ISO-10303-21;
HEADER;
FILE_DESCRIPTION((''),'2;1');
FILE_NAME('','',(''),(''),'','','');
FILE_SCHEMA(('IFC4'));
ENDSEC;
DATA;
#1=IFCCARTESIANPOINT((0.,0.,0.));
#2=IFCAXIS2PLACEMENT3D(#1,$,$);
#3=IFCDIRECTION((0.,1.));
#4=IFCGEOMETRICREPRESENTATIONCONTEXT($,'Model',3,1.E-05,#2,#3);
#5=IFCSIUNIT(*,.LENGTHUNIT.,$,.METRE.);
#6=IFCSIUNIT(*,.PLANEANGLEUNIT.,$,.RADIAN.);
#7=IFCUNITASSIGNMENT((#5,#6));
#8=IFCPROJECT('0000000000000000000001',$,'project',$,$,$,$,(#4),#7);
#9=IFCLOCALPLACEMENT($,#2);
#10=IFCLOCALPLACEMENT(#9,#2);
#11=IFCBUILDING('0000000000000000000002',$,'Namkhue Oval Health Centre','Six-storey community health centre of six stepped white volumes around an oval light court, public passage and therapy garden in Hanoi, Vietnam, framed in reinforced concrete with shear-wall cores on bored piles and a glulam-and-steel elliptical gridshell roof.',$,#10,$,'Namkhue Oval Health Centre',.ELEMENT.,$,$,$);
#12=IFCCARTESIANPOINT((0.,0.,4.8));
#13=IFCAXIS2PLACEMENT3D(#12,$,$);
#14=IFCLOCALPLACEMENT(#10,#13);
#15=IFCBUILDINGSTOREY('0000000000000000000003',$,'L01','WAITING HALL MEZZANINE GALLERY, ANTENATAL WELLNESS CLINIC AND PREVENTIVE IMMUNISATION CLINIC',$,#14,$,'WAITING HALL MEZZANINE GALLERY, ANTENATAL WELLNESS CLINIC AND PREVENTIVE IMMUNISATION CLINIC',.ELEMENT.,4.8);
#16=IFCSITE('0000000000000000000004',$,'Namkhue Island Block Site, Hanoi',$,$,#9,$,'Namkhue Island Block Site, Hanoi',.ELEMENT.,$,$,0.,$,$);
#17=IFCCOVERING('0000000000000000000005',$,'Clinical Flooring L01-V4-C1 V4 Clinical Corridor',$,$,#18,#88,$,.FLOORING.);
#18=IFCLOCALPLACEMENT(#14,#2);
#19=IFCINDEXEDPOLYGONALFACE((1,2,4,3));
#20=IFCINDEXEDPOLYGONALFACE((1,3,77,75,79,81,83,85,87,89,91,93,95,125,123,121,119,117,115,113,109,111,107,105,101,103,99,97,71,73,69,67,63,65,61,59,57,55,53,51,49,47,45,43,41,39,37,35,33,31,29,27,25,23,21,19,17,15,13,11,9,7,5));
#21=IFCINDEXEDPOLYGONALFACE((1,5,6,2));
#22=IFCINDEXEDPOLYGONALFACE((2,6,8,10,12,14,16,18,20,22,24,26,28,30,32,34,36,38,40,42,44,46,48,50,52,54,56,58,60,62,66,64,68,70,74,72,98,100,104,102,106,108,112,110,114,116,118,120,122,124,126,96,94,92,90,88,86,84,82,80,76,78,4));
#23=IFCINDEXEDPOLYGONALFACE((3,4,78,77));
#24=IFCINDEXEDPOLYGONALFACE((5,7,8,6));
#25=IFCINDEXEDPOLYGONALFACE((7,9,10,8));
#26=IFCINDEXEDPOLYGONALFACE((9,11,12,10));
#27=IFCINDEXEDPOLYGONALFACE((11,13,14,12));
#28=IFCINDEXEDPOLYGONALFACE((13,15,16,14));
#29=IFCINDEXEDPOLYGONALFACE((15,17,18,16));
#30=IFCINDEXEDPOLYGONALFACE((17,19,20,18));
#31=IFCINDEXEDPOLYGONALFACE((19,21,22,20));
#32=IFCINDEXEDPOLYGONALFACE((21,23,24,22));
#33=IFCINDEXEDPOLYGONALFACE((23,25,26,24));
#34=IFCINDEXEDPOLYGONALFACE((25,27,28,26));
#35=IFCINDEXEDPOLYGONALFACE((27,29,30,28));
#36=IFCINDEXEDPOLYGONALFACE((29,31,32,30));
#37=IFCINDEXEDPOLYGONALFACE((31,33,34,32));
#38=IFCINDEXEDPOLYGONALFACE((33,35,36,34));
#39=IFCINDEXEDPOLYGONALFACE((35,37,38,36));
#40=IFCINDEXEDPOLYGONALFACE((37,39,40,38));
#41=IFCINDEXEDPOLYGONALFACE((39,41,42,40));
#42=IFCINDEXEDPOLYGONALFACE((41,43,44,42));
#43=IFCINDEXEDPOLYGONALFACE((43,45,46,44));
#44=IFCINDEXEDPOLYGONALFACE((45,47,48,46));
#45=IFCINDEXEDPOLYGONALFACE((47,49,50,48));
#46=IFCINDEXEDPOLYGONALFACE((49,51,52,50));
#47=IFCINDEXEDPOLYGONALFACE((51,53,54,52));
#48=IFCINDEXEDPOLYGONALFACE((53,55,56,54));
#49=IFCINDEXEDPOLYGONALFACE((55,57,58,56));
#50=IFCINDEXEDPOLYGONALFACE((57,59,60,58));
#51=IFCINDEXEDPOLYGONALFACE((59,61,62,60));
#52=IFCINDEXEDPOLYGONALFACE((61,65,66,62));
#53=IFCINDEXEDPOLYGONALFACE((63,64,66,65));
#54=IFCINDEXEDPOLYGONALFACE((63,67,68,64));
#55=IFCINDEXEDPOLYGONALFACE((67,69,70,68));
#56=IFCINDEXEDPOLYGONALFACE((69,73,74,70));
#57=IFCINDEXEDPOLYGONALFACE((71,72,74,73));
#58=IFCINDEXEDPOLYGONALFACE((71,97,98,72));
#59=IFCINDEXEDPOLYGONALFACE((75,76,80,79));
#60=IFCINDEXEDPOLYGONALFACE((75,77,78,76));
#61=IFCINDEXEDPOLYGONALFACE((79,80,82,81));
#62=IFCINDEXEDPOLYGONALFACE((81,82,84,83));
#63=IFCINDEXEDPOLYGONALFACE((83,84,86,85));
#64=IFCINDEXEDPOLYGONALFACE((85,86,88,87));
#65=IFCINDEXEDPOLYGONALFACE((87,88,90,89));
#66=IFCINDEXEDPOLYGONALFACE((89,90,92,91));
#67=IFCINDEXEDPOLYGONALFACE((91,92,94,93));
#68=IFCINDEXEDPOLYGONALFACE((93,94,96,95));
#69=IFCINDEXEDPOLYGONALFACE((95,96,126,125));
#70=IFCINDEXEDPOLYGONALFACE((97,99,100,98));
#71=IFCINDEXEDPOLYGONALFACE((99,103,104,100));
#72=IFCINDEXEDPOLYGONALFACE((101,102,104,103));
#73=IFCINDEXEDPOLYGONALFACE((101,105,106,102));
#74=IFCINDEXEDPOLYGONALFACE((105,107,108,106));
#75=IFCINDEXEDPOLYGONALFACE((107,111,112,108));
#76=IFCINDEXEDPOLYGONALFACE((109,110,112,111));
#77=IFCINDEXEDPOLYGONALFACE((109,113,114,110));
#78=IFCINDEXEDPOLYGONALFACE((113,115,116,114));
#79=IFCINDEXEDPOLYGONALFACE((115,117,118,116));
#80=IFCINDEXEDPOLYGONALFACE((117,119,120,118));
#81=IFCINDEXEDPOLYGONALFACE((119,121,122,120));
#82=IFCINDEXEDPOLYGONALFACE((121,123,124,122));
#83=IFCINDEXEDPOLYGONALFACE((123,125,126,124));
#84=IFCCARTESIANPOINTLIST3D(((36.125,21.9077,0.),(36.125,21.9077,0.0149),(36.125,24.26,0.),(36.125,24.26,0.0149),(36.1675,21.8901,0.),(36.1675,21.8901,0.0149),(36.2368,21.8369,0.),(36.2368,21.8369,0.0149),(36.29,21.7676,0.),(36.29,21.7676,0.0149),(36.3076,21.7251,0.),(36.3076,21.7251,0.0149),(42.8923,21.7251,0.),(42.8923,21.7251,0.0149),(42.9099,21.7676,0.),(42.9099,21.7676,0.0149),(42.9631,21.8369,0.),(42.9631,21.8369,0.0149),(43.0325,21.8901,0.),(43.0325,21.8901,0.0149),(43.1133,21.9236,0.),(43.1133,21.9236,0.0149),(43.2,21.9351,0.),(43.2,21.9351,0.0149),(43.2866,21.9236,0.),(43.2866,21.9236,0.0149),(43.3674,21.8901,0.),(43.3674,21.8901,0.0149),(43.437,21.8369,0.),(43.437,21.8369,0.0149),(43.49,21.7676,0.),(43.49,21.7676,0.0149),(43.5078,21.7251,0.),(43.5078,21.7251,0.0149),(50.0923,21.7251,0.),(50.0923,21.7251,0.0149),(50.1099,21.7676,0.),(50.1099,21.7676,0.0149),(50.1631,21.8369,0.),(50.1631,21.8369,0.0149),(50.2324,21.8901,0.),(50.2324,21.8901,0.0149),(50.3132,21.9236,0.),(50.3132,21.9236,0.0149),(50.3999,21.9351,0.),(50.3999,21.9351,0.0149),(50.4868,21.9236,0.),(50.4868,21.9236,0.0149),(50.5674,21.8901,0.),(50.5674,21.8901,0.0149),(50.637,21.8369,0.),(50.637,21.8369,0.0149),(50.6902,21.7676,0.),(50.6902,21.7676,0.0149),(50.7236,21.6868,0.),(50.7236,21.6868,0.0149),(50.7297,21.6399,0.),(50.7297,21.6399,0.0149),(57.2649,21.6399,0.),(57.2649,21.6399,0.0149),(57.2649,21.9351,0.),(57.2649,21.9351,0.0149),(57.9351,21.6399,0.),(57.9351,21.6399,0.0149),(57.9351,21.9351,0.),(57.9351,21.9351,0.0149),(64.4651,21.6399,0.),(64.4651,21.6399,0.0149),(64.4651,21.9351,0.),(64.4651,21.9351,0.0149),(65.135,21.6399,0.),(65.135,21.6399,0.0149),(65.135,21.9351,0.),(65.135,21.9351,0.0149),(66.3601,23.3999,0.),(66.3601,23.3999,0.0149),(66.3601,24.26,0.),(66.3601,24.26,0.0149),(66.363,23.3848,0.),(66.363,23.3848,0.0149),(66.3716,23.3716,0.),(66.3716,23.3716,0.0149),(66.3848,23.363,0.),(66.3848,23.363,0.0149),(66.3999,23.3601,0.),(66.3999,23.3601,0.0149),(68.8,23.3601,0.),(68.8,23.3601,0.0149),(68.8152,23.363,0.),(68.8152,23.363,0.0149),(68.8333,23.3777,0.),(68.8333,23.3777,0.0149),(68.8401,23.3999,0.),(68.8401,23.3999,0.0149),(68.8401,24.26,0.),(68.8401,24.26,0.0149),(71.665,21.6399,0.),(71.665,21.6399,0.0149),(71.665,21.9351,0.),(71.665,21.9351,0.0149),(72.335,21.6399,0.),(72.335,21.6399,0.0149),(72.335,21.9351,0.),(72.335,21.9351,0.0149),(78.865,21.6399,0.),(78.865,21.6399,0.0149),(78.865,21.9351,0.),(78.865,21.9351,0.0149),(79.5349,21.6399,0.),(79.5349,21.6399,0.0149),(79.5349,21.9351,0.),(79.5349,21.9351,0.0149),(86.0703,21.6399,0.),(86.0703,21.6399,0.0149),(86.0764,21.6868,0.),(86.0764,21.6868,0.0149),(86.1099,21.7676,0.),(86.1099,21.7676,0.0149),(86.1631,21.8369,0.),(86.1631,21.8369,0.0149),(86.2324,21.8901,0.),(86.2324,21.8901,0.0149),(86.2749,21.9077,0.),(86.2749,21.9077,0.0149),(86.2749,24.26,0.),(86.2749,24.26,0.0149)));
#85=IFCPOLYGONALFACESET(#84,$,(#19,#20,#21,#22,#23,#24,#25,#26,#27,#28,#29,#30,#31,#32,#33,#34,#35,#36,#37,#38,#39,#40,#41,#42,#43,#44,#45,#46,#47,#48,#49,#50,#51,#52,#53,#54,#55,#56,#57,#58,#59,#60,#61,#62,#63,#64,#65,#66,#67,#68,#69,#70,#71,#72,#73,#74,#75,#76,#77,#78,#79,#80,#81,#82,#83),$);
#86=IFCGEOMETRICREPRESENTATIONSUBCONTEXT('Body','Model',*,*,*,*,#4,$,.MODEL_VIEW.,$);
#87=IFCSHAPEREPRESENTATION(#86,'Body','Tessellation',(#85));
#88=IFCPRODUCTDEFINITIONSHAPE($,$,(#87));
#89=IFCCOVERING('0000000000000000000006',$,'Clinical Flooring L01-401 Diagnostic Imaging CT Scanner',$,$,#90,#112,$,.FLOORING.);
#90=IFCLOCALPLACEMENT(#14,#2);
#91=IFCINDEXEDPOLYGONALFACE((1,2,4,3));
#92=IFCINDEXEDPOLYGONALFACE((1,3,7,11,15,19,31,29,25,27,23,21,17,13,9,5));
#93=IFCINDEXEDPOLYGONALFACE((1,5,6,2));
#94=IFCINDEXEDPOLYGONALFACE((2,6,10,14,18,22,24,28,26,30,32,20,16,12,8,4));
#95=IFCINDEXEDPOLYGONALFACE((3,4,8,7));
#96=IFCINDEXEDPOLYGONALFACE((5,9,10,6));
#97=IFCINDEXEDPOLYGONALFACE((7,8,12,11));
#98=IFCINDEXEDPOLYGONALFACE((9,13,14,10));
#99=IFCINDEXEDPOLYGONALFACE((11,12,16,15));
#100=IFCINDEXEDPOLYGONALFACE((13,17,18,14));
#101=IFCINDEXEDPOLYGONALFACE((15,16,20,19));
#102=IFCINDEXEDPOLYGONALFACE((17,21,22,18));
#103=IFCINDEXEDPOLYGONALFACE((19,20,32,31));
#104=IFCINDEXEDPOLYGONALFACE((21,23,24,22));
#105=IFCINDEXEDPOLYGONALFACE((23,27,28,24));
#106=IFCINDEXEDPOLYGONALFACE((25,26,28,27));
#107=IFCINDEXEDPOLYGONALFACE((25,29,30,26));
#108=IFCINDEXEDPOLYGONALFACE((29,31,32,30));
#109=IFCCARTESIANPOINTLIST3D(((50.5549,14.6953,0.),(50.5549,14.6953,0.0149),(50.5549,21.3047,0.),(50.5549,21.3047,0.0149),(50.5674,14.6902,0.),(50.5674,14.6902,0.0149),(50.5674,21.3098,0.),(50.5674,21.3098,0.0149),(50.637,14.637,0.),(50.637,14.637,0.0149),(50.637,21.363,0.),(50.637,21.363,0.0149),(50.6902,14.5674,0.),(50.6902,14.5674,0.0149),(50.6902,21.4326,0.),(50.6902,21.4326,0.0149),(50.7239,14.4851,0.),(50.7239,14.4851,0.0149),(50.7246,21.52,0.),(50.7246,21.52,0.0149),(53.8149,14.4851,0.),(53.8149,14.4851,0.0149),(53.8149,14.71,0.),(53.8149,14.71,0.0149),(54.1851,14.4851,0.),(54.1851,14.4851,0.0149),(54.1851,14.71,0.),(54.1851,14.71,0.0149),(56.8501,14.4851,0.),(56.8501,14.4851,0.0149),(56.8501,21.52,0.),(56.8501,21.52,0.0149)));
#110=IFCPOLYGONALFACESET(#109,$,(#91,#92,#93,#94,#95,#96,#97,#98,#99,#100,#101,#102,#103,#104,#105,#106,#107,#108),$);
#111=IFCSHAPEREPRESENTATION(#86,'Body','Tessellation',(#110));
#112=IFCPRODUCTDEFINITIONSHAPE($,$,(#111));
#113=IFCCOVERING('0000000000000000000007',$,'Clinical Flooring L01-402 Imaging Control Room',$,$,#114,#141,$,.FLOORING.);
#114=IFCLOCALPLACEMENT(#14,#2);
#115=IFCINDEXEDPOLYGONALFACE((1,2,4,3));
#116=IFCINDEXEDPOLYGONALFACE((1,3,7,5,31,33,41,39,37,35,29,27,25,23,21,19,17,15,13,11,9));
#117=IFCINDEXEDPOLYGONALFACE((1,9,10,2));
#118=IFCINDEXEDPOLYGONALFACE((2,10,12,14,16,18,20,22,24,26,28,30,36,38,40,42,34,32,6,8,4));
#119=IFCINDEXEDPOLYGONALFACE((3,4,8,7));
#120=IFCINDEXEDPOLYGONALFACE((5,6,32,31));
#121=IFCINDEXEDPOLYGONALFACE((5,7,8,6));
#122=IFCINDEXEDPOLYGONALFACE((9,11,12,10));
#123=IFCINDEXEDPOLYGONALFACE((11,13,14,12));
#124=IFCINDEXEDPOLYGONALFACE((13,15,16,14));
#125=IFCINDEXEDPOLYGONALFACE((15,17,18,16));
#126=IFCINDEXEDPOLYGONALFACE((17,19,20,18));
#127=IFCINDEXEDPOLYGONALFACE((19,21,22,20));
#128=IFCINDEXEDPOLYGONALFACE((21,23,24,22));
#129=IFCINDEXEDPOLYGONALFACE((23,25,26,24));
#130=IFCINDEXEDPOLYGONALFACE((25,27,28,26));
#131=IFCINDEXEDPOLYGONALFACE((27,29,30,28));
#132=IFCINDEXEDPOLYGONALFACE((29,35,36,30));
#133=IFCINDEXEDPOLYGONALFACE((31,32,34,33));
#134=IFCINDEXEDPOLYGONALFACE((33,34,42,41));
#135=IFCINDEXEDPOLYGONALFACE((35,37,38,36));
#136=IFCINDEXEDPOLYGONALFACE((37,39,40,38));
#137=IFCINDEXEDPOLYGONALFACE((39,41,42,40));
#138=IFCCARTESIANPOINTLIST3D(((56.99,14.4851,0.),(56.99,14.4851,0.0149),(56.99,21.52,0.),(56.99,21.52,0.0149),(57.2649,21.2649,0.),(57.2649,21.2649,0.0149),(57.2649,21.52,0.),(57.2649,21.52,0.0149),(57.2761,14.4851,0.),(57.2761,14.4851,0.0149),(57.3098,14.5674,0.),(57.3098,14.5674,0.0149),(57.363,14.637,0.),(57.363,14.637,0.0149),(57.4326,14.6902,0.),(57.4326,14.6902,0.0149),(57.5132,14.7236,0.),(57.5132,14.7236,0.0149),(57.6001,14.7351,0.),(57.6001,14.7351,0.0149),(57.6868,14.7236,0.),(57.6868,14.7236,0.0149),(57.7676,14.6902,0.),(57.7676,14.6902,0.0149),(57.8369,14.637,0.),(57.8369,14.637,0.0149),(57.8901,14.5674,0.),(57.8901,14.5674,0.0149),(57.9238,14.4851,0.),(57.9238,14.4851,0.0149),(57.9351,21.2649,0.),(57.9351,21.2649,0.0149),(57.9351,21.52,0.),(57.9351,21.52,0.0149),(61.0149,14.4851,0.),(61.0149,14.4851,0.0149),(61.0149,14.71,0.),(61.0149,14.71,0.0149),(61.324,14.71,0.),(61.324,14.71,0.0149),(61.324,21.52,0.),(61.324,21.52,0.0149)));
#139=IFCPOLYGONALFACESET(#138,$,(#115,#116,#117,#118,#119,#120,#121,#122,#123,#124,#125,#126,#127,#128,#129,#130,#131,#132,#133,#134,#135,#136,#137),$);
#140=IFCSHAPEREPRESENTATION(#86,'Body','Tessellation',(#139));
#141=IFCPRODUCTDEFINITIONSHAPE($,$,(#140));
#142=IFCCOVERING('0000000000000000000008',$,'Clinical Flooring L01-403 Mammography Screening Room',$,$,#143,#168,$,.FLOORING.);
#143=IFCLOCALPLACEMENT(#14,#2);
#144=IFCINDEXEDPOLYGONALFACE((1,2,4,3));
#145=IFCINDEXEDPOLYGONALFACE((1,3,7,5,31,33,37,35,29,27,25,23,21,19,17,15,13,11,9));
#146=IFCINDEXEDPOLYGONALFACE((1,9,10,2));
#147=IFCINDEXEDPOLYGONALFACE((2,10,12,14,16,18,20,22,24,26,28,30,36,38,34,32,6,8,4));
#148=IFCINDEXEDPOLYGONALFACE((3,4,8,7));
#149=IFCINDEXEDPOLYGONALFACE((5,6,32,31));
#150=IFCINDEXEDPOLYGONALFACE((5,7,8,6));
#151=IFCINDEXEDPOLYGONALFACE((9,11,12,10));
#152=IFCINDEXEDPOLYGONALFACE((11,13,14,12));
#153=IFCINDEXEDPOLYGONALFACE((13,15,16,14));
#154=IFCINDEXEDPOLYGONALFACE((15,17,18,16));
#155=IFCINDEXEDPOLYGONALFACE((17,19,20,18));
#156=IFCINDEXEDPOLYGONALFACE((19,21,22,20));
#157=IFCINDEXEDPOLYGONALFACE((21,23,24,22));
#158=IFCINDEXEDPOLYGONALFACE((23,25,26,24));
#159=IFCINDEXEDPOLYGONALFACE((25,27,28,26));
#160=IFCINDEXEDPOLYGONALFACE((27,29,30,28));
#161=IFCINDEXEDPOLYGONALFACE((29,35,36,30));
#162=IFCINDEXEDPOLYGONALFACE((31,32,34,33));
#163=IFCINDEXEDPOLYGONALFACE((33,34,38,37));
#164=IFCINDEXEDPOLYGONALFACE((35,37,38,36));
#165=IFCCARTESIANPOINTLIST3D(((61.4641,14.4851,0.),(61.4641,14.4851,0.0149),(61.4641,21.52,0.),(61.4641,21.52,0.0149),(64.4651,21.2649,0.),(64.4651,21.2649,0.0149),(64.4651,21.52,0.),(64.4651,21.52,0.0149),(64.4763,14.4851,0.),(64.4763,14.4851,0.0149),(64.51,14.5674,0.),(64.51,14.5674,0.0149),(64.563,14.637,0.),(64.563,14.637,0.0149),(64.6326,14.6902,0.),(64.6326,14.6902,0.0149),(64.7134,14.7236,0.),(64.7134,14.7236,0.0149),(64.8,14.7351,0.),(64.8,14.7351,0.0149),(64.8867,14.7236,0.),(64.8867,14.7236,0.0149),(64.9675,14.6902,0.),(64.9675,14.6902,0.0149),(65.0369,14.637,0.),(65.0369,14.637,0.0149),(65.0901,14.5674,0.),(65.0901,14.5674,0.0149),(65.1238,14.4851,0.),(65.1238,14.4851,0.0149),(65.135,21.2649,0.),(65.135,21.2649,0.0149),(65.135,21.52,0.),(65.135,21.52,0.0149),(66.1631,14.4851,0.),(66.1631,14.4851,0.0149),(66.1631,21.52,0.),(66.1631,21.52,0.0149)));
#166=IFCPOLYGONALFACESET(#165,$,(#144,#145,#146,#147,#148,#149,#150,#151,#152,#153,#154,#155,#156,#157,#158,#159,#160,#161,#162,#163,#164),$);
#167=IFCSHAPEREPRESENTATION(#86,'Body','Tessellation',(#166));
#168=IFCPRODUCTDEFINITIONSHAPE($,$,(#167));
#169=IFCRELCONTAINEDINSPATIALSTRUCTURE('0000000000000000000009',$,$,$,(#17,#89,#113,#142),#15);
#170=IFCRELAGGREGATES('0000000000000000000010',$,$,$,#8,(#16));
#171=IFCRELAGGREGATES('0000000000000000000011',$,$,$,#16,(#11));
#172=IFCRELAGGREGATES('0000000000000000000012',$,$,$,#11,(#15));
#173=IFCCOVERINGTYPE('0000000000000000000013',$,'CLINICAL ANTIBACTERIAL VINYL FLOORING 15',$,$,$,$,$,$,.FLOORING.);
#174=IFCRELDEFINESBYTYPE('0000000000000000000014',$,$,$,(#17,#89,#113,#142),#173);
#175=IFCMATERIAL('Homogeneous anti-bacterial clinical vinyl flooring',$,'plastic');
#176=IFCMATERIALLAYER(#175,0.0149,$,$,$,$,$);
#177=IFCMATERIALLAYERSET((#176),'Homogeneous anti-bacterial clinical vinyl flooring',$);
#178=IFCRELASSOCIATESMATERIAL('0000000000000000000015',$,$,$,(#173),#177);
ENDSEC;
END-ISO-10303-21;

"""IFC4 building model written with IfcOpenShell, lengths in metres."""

from ifc_helpers import new_model, si_unit, direction, frame, origin, place, context, subcontext, project, spatial, polyline, outline, extrude, material, layer, layer_set, type_object, element, save


model = new_model("IFC4")

# Units and contexts
model_context = context("Model", 3, precision=1e-05, world=origin(), true_north=direction((0.0, 1.0)))
body_context = subcontext(model_context, "Body", "Model", "MODEL_VIEW")
ifc_project = project(units=[si_unit("LENGTHUNIT", "METRE"), si_unit("PLANEANGLEUNIT", "RADIAN")], contexts=[model_context])

# Site, building, storey
site_placement = place(None, origin())
site = spatial("IfcSite", under=ifc_project, at=site_placement, Name="Namkhue Island Block Site, Hanoi", LongName="Namkhue Island Block Site, Hanoi", CompositionType="ELEMENT", RefElevation=0.0)
building_placement = place(site_placement, origin())
building = spatial("IfcBuilding", under=site, at=building_placement, Name="Namkhue Oval Health Centre", Description="Six-storey community health centre of six stepped white volumes around an oval light court, public passage and therapy garden in Hanoi, Vietnam, framed in reinforced concrete with shear-wall cores on bored piles and a glulam-and-steel elliptical gridshell roof.", LongName="Namkhue Oval Health Centre", CompositionType="ELEMENT")
storey_placement = place(building_placement, frame((0.0, 0.0, 4.8)))
storey = spatial("IfcBuildingStorey", under=building, at=storey_placement, Name="L01", Description="WAITING HALL MEZZANINE GALLERY, ANTENATAL WELLNESS CLINIC AND PREVENTIVE IMMUNISATION CLINIC", LongName="WAITING HALL MEZZANINE GALLERY, ANTENATAL WELLNESS CLINIC AND PREVENTIVE IMMUNISATION CLINIC", CompositionType="ELEMENT", Elevation=4.8)

# Coverings
ifc_material = material(Name="Homogeneous anti-bacterial clinical vinyl flooring", Category="plastic")
ifc_layer = layer(ifc_material, 0.0149)
ifc_layer_set = layer_set([ifc_layer], Name="Homogeneous anti-bacterial clinical vinyl flooring")
covering_type = type_object("IfcCoveringType", Name="CLINICAL ANTIBACTERIAL VINYL FLOORING 15", PredefinedType="FLOORING", material=ifc_layer_set)
covering_1_placement = place(storey_placement, origin())
element("IfcCovering", 1, at=covering_1_placement, inside=storey, type_object=covering_type, Name="Clinical Flooring L01-V4-C1 V4 Clinical Corridor", PredefinedType="FLOORING", context=body_context, shape_type="SweptSolid", body=[
    extrude(outline(polyline([(43.5078, 21.7251), (43.49, 21.7676), (43.437, 21.8369), (43.3674, 21.8901), (43.2866, 21.9236), (43.2, 21.9351), (43.1133, 21.9236), (43.0325, 21.8901), (42.9631, 21.8369), (42.9099, 21.7676), (42.8923, 21.7251), (36.3076, 21.7251), (36.29, 21.7676), (36.2368, 21.8369), (36.1675, 21.8901), (36.125, 21.9077), (36.125, 24.26), (66.3601, 24.26), (66.3601, 23.3999), (66.363, 23.3848), (66.3716, 23.3716), (66.3848, 23.363), (66.3999, 23.3601), (68.8, 23.3601), (68.8152, 23.363), (68.8333, 23.3777), (68.8401, 23.3999), (68.8401, 24.26), (86.2749, 24.26), (86.2749, 21.9077), (86.2324, 21.8901), (86.1631, 21.8369), (86.1099, 21.7676), (86.0764, 21.6868), (86.0703, 21.6399), (79.5349, 21.6399), (79.5349, 21.9351), (78.865, 21.9351), (78.865, 21.6399), (72.335, 21.6399), (72.335, 21.9351), (71.665, 21.9351), (71.665, 21.6399), (65.135, 21.6399), (65.135, 21.9351), (64.4651, 21.9351), (64.4651, 21.6399), (57.9351, 21.6399), (57.9351, 21.9351), (57.2649, 21.9351), (57.2649, 21.6399), (50.7297, 21.6399), (50.7236, 21.6868), (50.6902, 21.7676), (50.637, 21.8369), (50.5674, 21.8901), (50.4868, 21.9236), (50.3999, 21.9351), (50.3132, 21.9236), (50.2324, 21.8901), (50.1631, 21.8369), (50.1099, 21.7676), (50.0923, 21.7251), (43.5078, 21.7251)])), origin(), (0.0, 0.0, 1.0), 0.0149),
])
covering_2_placement = place(storey_placement, origin())
element("IfcCovering", 2, at=covering_2_placement, inside=storey, type_object=covering_type, Name="Clinical Flooring L01-401 Diagnostic Imaging CT Scanner", PredefinedType="FLOORING", context=body_context, shape_type="SweptSolid", body=[
    extrude(outline(polyline([(54.1851, 14.4851), (54.1851, 14.71), (53.8149, 14.71), (53.8149, 14.4851), (50.7239, 14.4851), (50.6902, 14.5674), (50.637, 14.637), (50.5674, 14.6902), (50.5549, 14.6953), (50.5549, 21.3047), (50.5674, 21.3098), (50.637, 21.363), (50.6902, 21.4326), (50.7246, 21.52), (56.8501, 21.52), (56.8501, 14.4851), (54.1851, 14.4851)])), origin(), (0.0, 0.0, 1.0), 0.0149),
])
covering_3_placement = place(storey_placement, origin())
element("IfcCovering", 3, at=covering_3_placement, inside=storey, type_object=covering_type, Name="Clinical Flooring L01-402 Imaging Control Room", PredefinedType="FLOORING", context=body_context, shape_type="SweptSolid", body=[
    extrude(outline(polyline([(57.9238, 14.4851), (57.8901, 14.5674), (57.8369, 14.637), (57.7676, 14.6902), (57.6868, 14.7236), (57.6001, 14.7351), (57.5132, 14.7236), (57.4326, 14.6902), (57.363, 14.637), (57.3098, 14.5674), (57.2761, 14.4851), (56.99, 14.4851), (56.99, 21.52), (57.2649, 21.52), (57.2649, 21.2649), (57.9351, 21.2649), (57.9351, 21.52), (61.324, 21.52), (61.324, 14.71), (61.0149, 14.71), (61.0149, 14.4851), (57.9238, 14.4851)])), origin(), (0.0, 0.0, 1.0), 0.0149),
])
covering_4_placement = place(storey_placement, origin())
element("IfcCovering", 4, at=covering_4_placement, inside=storey, type_object=covering_type, Name="Clinical Flooring L01-403 Mammography Screening Room", PredefinedType="FLOORING", context=body_context, shape_type="SweptSolid", body=[
    extrude(outline(polyline([(65.1238, 14.4851), (65.0901, 14.5674), (65.0369, 14.637), (64.9675, 14.6902), (64.8867, 14.7236), (64.8, 14.7351), (64.7134, 14.7236), (64.6326, 14.6902), (64.563, 14.637), (64.51, 14.5674), (64.4763, 14.4851), (61.4641, 14.4851), (61.4641, 21.52), (64.4651, 21.52), (64.4651, 21.2649), (65.135, 21.2649), (65.135, 21.52), (66.1631, 21.52), (66.1631, 14.4851), (65.1238, 14.4851)])), origin(), (0.0, 0.0, 1.0), 0.0149),
])

save(model, "model.ifc")
